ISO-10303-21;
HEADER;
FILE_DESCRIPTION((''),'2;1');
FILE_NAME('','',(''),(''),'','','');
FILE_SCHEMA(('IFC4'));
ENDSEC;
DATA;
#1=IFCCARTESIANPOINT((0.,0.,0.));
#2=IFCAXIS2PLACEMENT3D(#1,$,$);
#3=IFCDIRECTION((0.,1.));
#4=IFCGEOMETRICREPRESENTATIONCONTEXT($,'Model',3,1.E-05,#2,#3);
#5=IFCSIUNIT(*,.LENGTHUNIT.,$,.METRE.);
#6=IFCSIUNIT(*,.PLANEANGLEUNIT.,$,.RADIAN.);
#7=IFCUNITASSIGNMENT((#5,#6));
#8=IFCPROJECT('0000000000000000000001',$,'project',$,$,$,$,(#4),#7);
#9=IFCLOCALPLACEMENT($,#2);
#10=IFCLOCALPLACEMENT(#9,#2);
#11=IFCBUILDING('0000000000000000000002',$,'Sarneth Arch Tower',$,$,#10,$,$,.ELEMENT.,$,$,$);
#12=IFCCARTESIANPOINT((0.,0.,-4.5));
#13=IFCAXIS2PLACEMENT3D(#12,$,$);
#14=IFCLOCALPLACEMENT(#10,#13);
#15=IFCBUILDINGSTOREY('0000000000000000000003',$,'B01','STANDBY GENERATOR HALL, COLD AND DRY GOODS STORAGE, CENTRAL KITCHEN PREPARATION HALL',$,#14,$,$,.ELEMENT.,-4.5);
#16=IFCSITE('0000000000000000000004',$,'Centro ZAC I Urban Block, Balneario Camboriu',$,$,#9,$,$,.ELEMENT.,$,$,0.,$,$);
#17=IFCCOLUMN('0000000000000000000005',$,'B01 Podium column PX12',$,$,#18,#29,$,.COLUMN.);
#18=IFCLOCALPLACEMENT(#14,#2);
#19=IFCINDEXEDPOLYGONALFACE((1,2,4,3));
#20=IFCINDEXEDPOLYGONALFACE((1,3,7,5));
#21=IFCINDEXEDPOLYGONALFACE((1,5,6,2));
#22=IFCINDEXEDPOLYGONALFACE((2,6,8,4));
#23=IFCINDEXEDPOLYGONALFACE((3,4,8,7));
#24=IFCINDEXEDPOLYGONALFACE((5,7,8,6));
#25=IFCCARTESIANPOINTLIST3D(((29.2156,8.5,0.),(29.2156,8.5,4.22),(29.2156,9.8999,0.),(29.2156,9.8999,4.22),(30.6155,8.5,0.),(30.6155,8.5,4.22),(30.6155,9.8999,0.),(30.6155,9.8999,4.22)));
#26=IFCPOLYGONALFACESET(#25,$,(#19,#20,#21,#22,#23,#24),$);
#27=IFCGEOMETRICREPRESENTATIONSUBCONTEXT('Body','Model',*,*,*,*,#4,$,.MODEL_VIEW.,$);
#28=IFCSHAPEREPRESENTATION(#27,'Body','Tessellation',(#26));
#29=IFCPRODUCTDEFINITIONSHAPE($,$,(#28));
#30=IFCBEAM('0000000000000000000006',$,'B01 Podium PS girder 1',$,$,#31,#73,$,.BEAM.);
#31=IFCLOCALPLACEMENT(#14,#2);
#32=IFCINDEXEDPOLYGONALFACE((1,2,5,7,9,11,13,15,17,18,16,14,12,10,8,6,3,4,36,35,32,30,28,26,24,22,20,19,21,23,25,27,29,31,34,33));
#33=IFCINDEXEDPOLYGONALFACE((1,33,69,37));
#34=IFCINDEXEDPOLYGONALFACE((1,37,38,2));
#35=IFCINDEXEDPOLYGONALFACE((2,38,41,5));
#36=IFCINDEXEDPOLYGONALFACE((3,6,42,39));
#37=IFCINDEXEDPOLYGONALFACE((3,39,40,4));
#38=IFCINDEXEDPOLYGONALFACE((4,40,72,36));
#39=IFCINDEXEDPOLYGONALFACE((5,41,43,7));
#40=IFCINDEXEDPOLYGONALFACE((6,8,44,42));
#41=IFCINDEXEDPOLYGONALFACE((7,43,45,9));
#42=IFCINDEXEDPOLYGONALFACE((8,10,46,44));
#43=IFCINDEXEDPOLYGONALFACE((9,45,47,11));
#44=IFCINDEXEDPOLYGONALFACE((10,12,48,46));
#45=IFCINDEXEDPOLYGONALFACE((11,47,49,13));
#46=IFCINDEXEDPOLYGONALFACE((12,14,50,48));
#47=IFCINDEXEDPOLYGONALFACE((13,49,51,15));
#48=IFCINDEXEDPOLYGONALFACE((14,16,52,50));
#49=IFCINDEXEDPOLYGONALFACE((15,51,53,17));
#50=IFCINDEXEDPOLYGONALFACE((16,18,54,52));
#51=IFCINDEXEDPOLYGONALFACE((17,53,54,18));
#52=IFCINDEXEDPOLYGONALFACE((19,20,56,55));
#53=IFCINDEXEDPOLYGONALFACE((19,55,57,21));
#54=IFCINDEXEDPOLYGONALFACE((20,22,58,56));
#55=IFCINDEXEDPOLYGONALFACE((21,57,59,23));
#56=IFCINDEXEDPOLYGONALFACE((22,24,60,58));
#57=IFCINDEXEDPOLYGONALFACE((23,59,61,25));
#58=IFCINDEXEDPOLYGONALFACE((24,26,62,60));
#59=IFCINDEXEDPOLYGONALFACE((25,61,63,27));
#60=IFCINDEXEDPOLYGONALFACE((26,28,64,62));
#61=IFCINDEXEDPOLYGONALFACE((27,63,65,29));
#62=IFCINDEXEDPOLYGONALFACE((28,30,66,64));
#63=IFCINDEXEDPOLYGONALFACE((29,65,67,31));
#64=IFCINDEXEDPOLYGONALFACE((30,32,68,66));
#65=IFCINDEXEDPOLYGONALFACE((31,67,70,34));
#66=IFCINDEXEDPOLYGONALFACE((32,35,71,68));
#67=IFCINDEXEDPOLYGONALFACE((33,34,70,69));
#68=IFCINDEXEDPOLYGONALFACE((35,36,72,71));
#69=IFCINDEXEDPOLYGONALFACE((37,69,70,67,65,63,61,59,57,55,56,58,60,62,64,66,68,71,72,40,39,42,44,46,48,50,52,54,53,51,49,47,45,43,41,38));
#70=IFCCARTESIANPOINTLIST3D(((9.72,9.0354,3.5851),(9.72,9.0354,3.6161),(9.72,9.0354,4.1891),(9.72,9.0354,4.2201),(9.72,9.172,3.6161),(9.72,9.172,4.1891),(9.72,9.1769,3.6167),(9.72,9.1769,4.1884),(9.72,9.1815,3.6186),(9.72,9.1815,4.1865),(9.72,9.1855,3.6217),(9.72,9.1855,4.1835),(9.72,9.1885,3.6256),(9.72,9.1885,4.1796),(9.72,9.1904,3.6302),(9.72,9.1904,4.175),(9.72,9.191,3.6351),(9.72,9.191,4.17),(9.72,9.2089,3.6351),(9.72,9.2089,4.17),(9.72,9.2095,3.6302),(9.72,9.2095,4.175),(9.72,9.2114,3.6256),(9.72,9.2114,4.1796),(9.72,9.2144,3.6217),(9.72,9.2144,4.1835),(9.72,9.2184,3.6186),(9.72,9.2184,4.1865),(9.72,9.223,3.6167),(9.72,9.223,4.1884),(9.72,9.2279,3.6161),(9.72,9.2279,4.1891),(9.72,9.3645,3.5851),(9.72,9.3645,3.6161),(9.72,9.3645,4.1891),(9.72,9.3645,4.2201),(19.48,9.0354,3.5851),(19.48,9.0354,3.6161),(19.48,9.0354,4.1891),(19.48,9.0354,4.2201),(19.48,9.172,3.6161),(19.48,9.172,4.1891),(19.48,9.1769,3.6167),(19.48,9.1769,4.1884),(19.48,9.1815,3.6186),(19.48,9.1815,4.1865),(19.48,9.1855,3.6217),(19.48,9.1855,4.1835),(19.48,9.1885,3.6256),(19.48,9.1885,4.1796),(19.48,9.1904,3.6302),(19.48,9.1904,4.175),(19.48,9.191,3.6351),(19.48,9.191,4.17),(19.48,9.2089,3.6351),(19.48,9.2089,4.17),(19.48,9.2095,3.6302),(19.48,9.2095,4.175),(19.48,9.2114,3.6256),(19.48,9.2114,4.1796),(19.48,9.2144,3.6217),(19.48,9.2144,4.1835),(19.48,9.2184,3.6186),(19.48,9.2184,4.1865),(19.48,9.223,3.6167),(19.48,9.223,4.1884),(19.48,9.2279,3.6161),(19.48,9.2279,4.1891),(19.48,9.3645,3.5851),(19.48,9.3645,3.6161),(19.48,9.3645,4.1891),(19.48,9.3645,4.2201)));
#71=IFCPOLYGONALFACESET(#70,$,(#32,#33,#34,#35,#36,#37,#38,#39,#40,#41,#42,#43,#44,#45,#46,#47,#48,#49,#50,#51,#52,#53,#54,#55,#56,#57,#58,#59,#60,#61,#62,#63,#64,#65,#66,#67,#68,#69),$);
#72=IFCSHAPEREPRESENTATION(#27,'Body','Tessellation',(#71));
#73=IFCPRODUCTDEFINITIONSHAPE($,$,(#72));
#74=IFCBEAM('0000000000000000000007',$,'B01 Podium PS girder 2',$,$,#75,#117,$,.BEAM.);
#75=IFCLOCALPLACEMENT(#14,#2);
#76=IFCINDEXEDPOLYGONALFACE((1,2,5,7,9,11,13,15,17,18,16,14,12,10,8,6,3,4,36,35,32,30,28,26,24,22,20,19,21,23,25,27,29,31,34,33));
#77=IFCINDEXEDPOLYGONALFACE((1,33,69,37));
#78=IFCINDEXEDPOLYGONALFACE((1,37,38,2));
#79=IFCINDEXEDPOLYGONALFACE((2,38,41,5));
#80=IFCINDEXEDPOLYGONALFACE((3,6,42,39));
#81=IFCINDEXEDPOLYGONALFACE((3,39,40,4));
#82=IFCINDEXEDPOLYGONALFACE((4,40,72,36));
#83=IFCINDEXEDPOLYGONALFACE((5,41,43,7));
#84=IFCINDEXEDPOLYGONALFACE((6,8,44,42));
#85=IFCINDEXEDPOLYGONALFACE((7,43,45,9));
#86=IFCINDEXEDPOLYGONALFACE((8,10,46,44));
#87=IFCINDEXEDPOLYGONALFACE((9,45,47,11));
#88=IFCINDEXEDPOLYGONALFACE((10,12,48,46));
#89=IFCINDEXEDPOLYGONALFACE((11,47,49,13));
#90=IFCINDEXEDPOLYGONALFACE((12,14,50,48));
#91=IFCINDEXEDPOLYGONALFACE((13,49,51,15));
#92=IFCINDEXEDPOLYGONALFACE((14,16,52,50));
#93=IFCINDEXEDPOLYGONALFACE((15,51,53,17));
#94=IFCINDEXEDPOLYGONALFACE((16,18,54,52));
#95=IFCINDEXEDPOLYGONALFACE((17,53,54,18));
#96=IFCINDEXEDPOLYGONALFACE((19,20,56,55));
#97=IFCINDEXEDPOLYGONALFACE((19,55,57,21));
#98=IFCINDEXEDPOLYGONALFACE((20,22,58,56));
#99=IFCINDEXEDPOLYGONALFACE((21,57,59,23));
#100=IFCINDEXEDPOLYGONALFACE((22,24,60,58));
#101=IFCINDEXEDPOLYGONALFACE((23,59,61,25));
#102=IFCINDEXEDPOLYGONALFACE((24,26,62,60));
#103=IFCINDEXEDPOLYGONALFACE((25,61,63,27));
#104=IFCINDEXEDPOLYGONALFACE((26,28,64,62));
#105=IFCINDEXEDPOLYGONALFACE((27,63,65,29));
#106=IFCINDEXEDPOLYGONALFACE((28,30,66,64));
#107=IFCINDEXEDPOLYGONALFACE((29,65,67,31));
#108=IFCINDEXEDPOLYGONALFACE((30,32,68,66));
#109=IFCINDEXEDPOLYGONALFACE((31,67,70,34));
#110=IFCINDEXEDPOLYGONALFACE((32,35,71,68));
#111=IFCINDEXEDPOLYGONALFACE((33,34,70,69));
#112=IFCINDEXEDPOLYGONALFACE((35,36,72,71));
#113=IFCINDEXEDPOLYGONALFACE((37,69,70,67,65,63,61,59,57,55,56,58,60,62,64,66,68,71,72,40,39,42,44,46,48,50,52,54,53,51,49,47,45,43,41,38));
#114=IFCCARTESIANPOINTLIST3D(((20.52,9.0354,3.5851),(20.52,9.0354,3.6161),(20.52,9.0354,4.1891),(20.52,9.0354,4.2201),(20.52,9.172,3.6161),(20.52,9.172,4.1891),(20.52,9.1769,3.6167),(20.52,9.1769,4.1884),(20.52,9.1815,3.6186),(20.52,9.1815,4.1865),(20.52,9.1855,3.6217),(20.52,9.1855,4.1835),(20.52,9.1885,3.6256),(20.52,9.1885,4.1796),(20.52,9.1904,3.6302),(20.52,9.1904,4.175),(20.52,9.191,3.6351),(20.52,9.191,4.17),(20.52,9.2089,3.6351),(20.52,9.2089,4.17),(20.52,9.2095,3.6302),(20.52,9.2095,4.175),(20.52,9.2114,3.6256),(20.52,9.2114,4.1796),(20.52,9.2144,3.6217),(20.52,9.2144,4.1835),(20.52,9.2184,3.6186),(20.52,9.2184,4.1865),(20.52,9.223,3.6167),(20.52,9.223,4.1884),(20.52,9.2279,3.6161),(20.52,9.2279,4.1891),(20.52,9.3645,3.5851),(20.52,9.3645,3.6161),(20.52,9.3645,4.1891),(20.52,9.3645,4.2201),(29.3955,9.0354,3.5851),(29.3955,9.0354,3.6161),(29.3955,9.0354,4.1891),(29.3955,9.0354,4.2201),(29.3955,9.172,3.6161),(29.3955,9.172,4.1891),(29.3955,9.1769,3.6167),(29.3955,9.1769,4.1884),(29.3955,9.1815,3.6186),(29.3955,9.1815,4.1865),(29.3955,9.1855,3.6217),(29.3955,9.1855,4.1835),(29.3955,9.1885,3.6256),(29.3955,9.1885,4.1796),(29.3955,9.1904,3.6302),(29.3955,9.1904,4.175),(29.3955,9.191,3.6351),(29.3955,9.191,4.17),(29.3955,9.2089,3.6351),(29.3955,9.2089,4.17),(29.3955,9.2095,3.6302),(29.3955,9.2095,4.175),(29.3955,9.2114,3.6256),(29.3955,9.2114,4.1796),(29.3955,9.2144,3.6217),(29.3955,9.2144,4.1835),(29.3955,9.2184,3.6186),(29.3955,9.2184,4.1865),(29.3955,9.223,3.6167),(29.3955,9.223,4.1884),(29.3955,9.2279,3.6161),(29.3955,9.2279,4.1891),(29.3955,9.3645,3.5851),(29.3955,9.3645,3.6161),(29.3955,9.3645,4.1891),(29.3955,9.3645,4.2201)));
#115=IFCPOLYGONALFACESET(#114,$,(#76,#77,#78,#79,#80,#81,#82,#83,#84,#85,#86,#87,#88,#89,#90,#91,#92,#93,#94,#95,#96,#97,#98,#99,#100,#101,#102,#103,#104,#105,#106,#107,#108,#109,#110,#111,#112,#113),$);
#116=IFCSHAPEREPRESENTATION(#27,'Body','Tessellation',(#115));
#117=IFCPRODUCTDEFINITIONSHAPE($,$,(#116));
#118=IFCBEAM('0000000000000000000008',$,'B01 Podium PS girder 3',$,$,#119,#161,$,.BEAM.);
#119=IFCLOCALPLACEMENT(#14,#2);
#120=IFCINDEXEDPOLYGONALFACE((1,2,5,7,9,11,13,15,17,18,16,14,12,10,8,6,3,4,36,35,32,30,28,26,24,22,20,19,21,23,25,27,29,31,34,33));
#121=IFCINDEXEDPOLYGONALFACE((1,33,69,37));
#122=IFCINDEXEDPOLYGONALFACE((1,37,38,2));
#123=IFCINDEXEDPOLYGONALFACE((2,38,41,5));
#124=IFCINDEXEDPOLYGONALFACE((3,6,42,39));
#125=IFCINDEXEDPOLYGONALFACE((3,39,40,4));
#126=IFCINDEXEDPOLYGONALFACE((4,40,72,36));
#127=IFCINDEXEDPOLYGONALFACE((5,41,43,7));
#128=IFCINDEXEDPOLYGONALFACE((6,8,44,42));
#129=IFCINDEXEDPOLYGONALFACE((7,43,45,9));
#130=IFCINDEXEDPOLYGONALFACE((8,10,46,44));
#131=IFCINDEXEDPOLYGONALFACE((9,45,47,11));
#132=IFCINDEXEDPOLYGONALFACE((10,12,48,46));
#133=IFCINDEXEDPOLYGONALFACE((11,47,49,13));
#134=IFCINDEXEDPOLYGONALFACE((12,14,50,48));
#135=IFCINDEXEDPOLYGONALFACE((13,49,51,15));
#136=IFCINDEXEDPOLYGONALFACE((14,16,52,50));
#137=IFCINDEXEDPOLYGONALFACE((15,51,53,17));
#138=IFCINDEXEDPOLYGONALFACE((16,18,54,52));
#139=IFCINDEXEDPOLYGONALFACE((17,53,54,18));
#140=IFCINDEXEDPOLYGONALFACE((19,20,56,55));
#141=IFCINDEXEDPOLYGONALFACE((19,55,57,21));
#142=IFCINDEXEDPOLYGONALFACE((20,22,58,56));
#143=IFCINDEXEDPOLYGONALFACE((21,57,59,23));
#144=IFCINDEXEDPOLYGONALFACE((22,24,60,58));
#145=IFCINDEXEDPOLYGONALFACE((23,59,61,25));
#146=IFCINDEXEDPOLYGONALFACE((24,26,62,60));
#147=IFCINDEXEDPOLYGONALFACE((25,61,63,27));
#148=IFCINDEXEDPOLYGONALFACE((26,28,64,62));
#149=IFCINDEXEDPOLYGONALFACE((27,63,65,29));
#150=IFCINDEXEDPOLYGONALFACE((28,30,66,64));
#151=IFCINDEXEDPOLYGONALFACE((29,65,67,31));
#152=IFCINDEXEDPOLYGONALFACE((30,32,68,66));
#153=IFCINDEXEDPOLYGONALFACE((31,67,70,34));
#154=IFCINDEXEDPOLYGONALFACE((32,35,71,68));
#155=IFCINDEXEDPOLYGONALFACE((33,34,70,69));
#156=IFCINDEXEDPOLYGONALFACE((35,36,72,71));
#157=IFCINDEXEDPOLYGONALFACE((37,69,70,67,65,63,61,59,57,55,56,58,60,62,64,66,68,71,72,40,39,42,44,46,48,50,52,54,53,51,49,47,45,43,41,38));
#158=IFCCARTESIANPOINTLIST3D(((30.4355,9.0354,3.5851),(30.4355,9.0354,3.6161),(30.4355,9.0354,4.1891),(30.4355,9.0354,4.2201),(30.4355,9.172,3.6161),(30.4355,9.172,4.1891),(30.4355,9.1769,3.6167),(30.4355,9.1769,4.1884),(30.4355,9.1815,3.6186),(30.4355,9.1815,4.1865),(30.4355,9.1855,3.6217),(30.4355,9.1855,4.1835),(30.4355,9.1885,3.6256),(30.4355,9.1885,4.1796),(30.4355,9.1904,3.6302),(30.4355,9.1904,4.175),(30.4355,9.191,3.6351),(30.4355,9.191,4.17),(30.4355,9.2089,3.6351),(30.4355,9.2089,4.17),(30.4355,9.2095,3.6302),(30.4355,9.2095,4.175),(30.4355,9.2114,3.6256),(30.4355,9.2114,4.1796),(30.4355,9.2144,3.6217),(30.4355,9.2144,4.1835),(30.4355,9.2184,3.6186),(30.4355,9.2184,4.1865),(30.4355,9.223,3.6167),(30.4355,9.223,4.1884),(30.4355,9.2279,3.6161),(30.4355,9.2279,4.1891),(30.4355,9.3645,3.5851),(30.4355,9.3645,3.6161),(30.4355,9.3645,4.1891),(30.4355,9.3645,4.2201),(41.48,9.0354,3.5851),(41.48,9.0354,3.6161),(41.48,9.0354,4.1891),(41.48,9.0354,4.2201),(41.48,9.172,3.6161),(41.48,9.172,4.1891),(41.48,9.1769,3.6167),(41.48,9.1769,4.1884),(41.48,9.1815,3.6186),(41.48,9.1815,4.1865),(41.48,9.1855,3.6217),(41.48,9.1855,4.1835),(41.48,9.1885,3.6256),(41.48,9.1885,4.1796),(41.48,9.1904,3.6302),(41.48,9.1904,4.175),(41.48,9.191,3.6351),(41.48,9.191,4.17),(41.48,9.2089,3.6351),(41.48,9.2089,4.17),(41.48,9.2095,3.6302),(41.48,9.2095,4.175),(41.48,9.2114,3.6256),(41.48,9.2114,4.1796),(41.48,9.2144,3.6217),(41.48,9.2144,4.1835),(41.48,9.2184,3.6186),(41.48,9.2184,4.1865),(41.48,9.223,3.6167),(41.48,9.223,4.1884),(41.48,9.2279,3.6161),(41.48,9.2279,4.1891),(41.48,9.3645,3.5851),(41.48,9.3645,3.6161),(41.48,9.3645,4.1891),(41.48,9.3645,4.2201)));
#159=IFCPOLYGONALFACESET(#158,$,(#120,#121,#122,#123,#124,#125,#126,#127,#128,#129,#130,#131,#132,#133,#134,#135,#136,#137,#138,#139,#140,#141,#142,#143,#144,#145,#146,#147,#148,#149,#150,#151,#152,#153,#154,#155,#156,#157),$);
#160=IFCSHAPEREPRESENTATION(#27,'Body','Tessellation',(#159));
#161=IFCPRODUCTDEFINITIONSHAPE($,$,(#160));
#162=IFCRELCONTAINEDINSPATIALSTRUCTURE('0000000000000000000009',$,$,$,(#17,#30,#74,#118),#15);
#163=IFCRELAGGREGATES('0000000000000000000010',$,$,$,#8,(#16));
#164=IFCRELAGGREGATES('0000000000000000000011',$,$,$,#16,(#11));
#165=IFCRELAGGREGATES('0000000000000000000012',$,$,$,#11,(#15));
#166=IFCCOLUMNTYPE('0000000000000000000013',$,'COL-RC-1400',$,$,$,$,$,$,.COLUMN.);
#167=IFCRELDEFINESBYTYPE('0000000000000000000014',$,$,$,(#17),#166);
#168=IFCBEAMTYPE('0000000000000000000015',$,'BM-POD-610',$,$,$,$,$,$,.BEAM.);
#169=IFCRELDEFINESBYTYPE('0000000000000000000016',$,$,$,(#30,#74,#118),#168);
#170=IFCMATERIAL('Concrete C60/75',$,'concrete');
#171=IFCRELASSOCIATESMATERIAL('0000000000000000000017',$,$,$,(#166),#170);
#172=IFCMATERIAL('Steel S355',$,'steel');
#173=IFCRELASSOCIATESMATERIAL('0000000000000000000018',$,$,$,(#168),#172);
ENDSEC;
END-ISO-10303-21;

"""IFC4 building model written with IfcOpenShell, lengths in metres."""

from ifc_helpers import new_model, si_unit, direction, frame, origin, origin_2d, place, context, subcontext, project, spatial, rectangle, i_section, extrude, material, material_profile, profile_set, type_object, element, save


model = new_model("IFC4")

# Units and contexts
model_context = context("Model", 3, precision=1e-05, world=origin(), true_north=direction((0.0, 1.0)))
body_context = subcontext(model_context, "Body", "Model", "MODEL_VIEW")
ifc_project = project(units=[si_unit("LENGTHUNIT", "METRE"), si_unit("PLANEANGLEUNIT", "RADIAN")], contexts=[model_context])

# Site, building, storey
site_placement = place(None, origin())
site = spatial("IfcSite", under=ifc_project, at=site_placement, Name="Centro ZAC I Urban Block, Balneario Camboriu", CompositionType="ELEMENT", RefElevation=0.0)
building_placement = place(site_placement, origin())
building = spatial("IfcBuilding", under=site, at=building_placement, Name="Sarneth Arch Tower", CompositionType="ELEMENT")
storey_placement = place(building_placement, frame((0.0, 0.0, -4.5)))
storey = spatial("IfcBuildingStorey", under=building, at=storey_placement, Name="B01", Description="STANDBY GENERATOR HALL, COLD AND DRY GOODS STORAGE, CENTRAL KITCHEN PREPARATION HALL", CompositionType="ELEMENT", Elevation=-4.5)

# Column
ifc_material_1 = material(Name="Concrete C60/75", Category="concrete")
ifc_material_profile_1 = material_profile(ifc_material_1, rectangle(XDim=1.3999, YDim=1.3999, at=origin_2d()), Name="RC-1400x1400")
ifc_profile_set_1 = profile_set([ifc_material_profile_1], Name="Concrete C60/75")
column_type_1 = type_object("IfcColumnType", Name="COL-RC-1400", PredefinedType="COLUMN", material=ifc_profile_set_1)
for number, where, z_axis, x_axis, name in (
    (1, (29.9155, 9.2, 0.0), (0.0, 0.0, 1.0), (1.0, 0.0, 0.0), "B01 Podium column PX12"),
):
    element("IfcColumn", number, at=place(storey_placement, frame(where, z_axis=z_axis, x_axis=x_axis)), inside=storey, type_object=column_type_1, Name=name, PredefinedType="COLUMN", context=body_context, shape_type="SweptSolid", body=[
        extrude(rectangle(XDim=1.3999, YDim=1.3999, at=origin_2d()), origin(), (0.0, 0.0, 1.0), 4.22),
    ])

# Beams
ifc_material_2 = material(Name="Steel S355", Category="steel")
ifc_material_profile_2 = material_profile(ifc_material_2, i_section(OverallWidth=0.3291, OverallDepth=0.635, WebThickness=0.0178, FlangeThickness=0.031, FilletRadius=0.019, at=origin_2d()), Name="W610x241")
ifc_profile_set_2 = profile_set([ifc_material_profile_2], Name="Steel S355")
beam_type = type_object("IfcBeamType", Name="BM-POD-610", PredefinedType="BEAM", material=ifc_profile_set_2)
beam_1_placement = place(storey_placement, frame((9.72, 9.2, 3.9026), z_axis=(1.0, 0.0, 0.0), x_axis=(0.0, 1.0, 0.0)))
element("IfcBeam", 2, at=beam_1_placement, inside=storey, type_object=beam_type, Name="B01 Podium PS girder 1", PredefinedType="BEAM", context=body_context, shape_type="SweptSolid", body=[
    extrude(i_section(OverallWidth=0.3291, OverallDepth=0.635, WebThickness=0.0178, FlangeThickness=0.031, FilletRadius=0.019, at=origin_2d()), origin(), (0.0, 0.0, 1.0), 9.76),
])
beam_2_placement = place(storey_placement, frame((20.52, 9.2, 3.9026), z_axis=(1.0, 0.0, 0.0), x_axis=(0.0, 1.0, 0.0)))
element("IfcBeam", 3, at=beam_2_placement, inside=storey, type_object=beam_type, Name="B01 Podium PS girder 2", PredefinedType="BEAM", context=body_context, shape_type="SweptSolid", body=[
    extrude(i_section(OverallWidth=0.3291, OverallDepth=0.635, WebThickness=0.0178, FlangeThickness=0.031, FilletRadius=0.019, at=origin_2d()), origin(), (0.0, 0.0, 1.0), 8.8755),
])
beam_3_placement = place(storey_placement, frame((30.4355, 9.2, 3.9026), z_axis=(1.0, 0.0, 0.0), x_axis=(0.0, 1.0, 0.0)))
element("IfcBeam", 4, at=beam_3_placement, inside=storey, type_object=beam_type, Name="B01 Podium PS girder 3", PredefinedType="BEAM", context=body_context, shape_type="SweptSolid", body=[
    extrude(i_section(OverallWidth=0.3291, OverallDepth=0.635, WebThickness=0.0178, FlangeThickness=0.031, FilletRadius=0.019, at=origin_2d()), origin(), (0.0, 0.0, 1.0), 11.0444),
])

save(model, "model.ifc")
